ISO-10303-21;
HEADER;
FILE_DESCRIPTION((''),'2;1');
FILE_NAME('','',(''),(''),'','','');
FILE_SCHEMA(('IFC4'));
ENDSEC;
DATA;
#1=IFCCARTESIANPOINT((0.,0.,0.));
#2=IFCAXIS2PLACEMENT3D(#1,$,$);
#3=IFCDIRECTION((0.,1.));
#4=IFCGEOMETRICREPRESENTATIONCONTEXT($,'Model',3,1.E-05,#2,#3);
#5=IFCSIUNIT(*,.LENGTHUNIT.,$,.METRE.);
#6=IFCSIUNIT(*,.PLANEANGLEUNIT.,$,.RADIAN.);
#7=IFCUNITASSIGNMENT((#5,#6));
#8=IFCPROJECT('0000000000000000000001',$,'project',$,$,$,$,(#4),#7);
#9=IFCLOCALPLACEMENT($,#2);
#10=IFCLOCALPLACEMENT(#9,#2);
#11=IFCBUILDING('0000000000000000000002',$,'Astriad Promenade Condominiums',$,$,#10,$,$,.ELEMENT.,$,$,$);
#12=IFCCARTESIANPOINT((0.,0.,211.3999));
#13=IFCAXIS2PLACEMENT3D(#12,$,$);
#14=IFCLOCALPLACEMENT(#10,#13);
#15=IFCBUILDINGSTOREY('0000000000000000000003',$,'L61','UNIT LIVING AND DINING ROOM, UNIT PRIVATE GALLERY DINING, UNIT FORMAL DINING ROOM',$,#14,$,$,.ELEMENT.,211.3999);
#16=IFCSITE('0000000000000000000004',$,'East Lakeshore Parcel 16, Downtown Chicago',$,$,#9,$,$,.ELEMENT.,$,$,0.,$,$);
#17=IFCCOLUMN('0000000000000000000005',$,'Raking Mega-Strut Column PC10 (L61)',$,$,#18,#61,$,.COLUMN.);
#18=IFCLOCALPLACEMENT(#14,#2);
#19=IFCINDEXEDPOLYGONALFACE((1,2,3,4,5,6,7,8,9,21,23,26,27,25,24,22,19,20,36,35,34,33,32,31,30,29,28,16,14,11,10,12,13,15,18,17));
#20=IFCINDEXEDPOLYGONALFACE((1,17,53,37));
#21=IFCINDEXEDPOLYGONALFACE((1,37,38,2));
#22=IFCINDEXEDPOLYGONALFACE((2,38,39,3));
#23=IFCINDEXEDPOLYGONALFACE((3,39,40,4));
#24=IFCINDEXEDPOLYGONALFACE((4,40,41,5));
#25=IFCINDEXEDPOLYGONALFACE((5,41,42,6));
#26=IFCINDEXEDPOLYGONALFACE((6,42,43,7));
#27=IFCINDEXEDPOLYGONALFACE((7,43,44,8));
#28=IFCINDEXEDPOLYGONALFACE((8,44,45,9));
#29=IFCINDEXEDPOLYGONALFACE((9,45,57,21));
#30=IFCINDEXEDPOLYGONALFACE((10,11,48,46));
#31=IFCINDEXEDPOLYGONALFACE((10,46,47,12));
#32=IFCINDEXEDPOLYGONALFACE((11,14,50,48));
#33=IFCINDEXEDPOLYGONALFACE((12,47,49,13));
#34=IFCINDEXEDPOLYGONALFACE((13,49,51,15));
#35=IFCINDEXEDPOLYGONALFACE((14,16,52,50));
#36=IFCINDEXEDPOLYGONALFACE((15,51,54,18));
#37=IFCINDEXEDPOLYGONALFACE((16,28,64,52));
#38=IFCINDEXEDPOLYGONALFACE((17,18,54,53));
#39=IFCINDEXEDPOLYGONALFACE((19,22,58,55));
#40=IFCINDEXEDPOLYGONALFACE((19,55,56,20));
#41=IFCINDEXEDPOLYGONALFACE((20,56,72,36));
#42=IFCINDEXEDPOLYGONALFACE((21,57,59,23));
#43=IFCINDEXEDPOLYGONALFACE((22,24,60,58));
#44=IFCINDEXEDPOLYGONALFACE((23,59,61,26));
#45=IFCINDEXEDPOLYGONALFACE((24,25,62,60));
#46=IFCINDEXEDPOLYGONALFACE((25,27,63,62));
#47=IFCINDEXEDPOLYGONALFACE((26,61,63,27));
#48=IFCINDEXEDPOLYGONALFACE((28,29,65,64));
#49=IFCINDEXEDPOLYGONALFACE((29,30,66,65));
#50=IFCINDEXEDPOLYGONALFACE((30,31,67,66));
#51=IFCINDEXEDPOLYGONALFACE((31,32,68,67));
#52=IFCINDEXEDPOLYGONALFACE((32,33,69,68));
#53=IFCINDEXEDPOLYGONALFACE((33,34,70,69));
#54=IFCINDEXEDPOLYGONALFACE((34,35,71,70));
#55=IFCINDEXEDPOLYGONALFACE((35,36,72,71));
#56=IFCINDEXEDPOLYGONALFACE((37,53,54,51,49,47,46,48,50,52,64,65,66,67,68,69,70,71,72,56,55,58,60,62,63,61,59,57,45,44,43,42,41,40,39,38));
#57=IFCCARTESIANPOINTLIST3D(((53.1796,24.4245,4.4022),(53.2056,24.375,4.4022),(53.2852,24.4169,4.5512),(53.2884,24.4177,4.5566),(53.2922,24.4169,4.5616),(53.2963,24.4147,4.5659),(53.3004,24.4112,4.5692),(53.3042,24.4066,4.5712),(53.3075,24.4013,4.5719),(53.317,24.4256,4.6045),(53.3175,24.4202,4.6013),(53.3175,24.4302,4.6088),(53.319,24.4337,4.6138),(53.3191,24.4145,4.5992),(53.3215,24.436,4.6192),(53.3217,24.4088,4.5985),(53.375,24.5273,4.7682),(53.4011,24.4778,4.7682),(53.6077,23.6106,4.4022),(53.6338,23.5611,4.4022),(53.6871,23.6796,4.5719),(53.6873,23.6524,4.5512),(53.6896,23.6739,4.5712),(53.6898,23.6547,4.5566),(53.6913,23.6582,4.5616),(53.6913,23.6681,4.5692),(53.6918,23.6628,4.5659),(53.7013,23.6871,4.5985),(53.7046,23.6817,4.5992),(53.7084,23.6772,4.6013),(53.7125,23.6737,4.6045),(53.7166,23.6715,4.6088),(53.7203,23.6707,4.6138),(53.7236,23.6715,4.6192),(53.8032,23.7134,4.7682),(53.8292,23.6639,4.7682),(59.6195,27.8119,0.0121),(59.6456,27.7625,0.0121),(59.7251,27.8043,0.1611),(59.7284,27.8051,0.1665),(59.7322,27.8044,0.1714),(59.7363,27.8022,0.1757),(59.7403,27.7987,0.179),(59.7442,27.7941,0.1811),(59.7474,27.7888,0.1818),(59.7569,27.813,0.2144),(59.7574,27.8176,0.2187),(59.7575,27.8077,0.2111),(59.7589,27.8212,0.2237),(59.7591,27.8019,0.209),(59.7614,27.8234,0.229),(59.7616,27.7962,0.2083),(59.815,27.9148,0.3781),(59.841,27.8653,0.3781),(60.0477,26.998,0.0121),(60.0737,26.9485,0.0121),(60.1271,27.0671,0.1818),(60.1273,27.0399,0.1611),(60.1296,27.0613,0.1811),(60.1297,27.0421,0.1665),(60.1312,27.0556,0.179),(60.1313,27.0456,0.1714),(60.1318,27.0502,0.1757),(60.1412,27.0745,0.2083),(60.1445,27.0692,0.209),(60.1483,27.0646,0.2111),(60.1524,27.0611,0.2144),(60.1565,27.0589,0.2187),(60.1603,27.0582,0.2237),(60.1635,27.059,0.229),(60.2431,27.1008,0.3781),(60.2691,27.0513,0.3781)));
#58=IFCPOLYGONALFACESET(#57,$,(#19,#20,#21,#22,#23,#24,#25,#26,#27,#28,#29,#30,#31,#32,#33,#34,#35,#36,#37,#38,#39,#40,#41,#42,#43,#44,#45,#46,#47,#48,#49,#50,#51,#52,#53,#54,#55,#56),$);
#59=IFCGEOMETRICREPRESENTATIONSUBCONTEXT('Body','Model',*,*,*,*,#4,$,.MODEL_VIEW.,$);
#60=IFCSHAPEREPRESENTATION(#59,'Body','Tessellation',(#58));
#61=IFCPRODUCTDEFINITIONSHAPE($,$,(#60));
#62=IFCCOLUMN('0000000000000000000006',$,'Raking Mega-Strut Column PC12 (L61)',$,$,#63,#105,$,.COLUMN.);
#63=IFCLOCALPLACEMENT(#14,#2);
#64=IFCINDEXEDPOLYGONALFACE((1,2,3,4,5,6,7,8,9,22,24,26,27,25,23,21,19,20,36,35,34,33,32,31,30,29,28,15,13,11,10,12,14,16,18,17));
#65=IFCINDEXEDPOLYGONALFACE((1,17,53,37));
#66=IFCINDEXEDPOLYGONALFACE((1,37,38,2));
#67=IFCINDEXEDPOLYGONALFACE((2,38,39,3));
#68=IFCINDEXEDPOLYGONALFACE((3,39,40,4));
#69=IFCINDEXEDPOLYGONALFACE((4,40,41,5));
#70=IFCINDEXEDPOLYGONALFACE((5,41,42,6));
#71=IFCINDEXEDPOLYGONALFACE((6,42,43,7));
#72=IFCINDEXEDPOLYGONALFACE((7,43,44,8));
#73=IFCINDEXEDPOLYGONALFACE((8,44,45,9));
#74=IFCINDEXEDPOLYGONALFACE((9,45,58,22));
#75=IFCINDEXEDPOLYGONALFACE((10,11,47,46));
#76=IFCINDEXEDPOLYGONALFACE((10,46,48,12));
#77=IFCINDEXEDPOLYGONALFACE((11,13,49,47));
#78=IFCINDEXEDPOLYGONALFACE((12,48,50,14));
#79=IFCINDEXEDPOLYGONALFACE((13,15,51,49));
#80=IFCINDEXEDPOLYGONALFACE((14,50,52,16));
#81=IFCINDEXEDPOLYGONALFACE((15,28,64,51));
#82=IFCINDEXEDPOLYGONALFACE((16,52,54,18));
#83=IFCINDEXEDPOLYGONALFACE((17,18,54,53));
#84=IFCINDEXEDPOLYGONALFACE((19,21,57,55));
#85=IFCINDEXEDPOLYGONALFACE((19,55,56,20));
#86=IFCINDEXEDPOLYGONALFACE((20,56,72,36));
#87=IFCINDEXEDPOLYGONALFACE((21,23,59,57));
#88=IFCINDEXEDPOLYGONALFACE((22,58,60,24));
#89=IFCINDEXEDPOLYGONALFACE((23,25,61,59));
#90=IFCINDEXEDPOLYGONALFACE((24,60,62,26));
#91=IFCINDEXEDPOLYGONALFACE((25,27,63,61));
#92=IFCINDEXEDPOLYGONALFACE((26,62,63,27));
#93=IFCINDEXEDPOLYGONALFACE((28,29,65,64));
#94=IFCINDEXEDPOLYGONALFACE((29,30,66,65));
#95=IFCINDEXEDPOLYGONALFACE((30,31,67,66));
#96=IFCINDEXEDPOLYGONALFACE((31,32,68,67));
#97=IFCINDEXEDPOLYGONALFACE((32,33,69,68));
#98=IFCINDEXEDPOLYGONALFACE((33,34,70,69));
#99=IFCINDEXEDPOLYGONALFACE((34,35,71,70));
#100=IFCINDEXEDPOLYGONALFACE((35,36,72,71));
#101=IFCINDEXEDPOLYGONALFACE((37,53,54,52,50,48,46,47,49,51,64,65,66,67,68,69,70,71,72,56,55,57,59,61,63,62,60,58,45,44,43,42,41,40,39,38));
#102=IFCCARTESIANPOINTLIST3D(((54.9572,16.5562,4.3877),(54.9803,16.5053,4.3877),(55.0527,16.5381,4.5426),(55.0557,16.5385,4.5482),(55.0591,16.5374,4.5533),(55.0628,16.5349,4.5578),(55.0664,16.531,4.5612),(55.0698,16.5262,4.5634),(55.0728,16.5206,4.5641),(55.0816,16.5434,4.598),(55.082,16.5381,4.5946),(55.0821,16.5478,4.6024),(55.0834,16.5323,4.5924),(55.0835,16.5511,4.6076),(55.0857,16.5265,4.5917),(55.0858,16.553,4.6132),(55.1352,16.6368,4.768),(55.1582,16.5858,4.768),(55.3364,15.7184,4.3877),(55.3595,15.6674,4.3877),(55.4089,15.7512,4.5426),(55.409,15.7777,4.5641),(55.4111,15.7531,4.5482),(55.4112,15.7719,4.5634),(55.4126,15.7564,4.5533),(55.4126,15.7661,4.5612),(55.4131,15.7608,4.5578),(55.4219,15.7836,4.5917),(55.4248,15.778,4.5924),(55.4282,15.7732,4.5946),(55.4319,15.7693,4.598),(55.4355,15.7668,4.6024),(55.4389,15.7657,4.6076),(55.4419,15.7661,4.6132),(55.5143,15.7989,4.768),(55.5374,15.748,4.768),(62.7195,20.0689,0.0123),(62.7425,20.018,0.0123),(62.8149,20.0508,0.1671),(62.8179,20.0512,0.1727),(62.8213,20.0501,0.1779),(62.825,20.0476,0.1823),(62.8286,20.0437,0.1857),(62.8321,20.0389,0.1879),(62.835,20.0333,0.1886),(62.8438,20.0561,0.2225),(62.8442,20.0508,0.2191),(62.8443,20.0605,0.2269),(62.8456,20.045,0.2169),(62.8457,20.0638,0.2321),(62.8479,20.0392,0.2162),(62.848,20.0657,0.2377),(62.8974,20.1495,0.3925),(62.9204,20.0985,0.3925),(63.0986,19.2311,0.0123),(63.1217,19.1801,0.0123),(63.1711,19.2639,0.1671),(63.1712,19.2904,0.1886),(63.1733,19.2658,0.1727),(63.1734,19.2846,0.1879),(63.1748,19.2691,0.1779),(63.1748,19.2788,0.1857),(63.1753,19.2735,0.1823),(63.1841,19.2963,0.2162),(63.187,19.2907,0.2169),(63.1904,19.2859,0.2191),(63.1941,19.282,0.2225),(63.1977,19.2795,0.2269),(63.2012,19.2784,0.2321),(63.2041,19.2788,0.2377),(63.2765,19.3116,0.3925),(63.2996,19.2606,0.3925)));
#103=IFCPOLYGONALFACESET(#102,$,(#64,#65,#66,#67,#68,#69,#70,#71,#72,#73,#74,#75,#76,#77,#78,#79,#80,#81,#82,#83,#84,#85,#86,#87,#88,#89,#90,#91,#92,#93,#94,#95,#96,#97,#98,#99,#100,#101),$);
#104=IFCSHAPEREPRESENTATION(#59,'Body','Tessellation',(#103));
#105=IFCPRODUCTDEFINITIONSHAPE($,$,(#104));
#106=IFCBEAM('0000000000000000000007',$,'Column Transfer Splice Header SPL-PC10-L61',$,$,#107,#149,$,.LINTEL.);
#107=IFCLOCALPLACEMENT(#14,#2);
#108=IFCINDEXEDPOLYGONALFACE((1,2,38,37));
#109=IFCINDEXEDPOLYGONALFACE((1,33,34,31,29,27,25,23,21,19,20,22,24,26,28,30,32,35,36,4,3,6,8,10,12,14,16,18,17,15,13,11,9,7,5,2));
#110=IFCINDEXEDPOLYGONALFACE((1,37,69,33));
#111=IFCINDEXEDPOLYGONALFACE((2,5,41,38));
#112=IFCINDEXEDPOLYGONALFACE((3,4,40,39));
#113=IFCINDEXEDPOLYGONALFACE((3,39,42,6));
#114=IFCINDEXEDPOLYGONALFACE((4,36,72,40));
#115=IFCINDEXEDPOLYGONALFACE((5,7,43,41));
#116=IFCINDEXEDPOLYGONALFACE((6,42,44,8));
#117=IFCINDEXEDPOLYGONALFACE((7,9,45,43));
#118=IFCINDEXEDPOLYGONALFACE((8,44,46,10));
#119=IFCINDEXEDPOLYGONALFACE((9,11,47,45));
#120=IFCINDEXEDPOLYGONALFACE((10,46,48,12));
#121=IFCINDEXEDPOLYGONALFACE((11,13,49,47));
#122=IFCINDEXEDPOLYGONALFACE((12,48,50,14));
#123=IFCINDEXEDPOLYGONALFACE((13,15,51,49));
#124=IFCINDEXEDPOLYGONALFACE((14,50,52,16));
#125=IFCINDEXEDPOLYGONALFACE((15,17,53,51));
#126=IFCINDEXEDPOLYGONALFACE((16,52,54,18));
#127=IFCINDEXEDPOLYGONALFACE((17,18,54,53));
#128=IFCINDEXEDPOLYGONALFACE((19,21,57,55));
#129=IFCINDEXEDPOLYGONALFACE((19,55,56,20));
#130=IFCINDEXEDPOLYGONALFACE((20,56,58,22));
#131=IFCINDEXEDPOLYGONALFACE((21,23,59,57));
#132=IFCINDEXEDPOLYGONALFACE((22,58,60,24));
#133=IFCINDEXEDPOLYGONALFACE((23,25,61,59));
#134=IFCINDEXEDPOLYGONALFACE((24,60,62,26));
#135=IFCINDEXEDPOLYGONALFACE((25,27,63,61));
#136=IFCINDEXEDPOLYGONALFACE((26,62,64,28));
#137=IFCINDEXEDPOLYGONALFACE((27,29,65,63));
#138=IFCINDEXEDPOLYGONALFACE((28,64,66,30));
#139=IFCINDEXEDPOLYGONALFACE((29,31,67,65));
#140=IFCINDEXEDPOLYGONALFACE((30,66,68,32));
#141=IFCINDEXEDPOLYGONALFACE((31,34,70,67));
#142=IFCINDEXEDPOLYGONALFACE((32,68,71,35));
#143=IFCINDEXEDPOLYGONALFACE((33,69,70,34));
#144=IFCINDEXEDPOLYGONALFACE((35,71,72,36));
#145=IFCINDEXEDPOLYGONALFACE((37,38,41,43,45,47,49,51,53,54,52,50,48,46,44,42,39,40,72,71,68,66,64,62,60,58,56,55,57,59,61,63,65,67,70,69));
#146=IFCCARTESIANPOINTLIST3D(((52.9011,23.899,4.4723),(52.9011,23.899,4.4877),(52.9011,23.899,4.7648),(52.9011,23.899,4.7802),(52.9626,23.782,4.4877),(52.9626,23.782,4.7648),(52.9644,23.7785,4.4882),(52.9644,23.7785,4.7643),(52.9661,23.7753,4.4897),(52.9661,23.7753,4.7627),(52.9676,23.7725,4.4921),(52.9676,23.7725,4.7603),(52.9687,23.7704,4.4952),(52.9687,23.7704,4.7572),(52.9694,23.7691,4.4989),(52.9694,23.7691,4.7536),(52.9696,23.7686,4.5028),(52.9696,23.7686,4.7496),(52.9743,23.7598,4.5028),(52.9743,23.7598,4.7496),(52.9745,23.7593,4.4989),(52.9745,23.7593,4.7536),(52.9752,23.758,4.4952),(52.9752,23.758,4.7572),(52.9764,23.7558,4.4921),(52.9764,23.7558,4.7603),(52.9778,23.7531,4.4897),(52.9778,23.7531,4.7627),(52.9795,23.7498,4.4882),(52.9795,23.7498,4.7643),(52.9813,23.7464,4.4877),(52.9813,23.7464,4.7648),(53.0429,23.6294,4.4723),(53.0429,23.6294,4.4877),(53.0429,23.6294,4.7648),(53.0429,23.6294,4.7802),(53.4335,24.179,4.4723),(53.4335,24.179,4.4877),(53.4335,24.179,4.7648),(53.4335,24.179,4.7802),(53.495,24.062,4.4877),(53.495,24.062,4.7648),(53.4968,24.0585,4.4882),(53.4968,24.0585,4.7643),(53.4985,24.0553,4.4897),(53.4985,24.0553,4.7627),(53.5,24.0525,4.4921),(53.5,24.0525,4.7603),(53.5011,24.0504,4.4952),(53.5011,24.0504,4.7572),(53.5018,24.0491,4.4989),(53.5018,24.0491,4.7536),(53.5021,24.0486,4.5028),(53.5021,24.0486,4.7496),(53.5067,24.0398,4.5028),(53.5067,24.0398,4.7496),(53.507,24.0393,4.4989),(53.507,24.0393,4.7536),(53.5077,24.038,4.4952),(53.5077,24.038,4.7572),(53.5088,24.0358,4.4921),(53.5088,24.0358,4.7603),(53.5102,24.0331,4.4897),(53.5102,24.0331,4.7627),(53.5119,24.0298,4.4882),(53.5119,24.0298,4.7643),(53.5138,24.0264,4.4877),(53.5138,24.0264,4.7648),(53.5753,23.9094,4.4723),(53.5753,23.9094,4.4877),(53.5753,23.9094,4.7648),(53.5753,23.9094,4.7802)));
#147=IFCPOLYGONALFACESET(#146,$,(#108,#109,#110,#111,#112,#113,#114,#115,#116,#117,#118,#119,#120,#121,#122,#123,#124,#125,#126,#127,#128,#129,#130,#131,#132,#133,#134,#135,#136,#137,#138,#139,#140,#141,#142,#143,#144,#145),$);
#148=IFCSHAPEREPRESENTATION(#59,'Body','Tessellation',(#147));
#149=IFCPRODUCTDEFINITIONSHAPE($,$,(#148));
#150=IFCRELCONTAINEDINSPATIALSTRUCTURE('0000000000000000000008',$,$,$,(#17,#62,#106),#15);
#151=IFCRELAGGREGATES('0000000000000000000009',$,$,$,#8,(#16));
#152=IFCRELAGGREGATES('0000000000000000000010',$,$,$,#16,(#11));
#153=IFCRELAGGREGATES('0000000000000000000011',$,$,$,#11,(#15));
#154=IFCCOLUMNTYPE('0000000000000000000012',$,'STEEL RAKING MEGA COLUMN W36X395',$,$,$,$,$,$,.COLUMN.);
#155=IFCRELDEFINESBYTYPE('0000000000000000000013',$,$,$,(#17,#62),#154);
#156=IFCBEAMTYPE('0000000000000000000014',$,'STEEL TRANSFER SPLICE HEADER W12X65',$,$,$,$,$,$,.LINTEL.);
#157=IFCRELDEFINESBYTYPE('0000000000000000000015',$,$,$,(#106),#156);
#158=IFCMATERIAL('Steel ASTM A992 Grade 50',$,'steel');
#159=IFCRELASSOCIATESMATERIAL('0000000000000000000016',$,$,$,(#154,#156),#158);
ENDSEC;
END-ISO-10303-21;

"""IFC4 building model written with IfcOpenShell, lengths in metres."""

from ifc_helpers import new_model, si_unit, direction, frame, origin, origin_2d, place, context, subcontext, project, spatial, i_section, extrude, source, transform, mapped, material, material_profile, profile_set, type_object, type_shapes, element, save


model = new_model("IFC4")

# Units and contexts
model_context = context("Model", 3, precision=1e-05, world=origin(), true_north=direction((0.0, 1.0)))
body_context = subcontext(model_context, "Body", "Model", "MODEL_VIEW")
ifc_project = project(units=[si_unit("LENGTHUNIT", "METRE"), si_unit("PLANEANGLEUNIT", "RADIAN")], contexts=[model_context])

# Site, building, storey
site_placement = place(None, origin())
site = spatial("IfcSite", under=ifc_project, at=site_placement, Name="East Lakeshore Parcel 16, Downtown Chicago", CompositionType="ELEMENT", RefElevation=0.0)
building_placement = place(site_placement, origin())
building = spatial("IfcBuilding", under=site, at=building_placement, Name="Astriad Promenade Condominiums", CompositionType="ELEMENT")
storey_placement = place(building_placement, frame((0.0, 0.0, 211.3999)))
storey = spatial("IfcBuildingStorey", under=building, at=storey_placement, Name="L61", Description="UNIT LIVING AND DINING ROOM, UNIT PRIVATE GALLERY DINING, UNIT FORMAL DINING ROOM", CompositionType="ELEMENT", Elevation=211.3999)

# Columns
ifc_material_1 = material(Name="Steel ASTM A992 Grade 50", Category="steel")
ifc_material_profile_1 = material_profile(ifc_material_1, i_section(OverallWidth=0.4275, OverallDepth=0.9756, WebThickness=0.031, FlangeThickness=0.0559, FilletRadius=0.0242, at=origin_2d()), Name="W36X395")
ifc_profile_set_1 = profile_set([ifc_material_profile_1], Name="Steel ASTM A992 Grade 50")
column_type = type_object("IfcColumnType", Name="STEEL RAKING MEGA COLUMN W36X395", PredefinedType="COLUMN", material=ifc_profile_set_1)
shared_shape_1 = source(origin(), body_context, "Body", "SweptSolid", [
    extrude(i_section(OverallWidth=0.4275, OverallDepth=0.9756, WebThickness=0.031, FlangeThickness=0.0559, FilletRadius=0.0242, at=origin_2d()), origin(), (0.0, 0.0, 1.0), 8.4983),
])
column_1_placement = place(storey_placement, frame((59.9443, 27.4316, 0.1951), z_axis=(-0.757792, -0.398604, 0.51659), x_axis=(0.457199, 0.240489, 0.856233)))
element("IfcColumn", 1, at=column_1_placement, inside=storey, type_object=column_type, Name="Raking Mega-Strut Column PC10 (L61)", PredefinedType="COLUMN", context=body_context, shape_type="MappedRepresentation", body=[
    mapped(shared_shape_1, transform((0.0, 0.0, 0.0), scale=1.0)),
])
shared_shape_2 = source(origin(), body_context, "Body", "SweptSolid", [
    extrude(i_section(OverallWidth=0.4275, OverallDepth=0.9756, WebThickness=0.031, FlangeThickness=0.0559, FilletRadius=0.0242, at=origin_2d()), origin(), (0.0, 0.0, 1.0), 9.5779),
])
type_shapes(column_type, [shared_shape_1, shared_shape_2])
column_2_placement = place(storey_placement, frame((63.0095, 19.6648, 0.2024), z_axis=(-0.810431, -0.366751, 0.456833), x_axis=(0.416199, 0.188346, 0.889553)))
element("IfcColumn", 2, at=column_2_placement, inside=storey, type_object=column_type, Name="Raking Mega-Strut Column PC12 (L61)", PredefinedType="COLUMN", context=body_context, shape_type="MappedRepresentation", body=[
    mapped(shared_shape_2, transform((0.0, 0.0, 0.0), scale=1.0)),
])

# Beam
ifc_material_profile_2 = material_profile(ifc_material_1, i_section(OverallWidth=0.3047, OverallDepth=0.3079, WebThickness=0.01, FlangeThickness=0.0154, FilletRadius=0.0151, at=origin_2d()), Name="W12X65")
ifc_profile_set_2 = profile_set([ifc_material_profile_2], Name="Steel ASTM A992 Grade 50")
beam_type_1 = type_object("IfcBeamType", Name="STEEL TRANSFER SPLICE HEADER W12X65", PredefinedType="LINTEL", material=ifc_profile_set_2)
shared_shape_3 = source(origin(), body_context, "Body", "SweptSolid", [
    extrude(i_section(OverallWidth=0.3047, OverallDepth=0.3079, WebThickness=0.01, FlangeThickness=0.0154, FilletRadius=0.0151, at=origin_2d()), origin(), (0.0, 0.0, 1.0), 0.6016),
])
type_shapes(beam_type_1, [shared_shape_3])
beam_1_placement = place(storey_placement, frame((53.5044, 24.0442, 4.6262), z_axis=(-0.885068, -0.465462, 0.0), x_axis=(0.465462, -0.885068, 0.0)))
element("IfcBeam", 3, at=beam_1_placement, inside=storey, type_object=beam_type_1, Name="Column Transfer Splice Header SPL-PC10-L61", PredefinedType="LINTEL", context=body_context, shape_type="MappedRepresentation", body=[
    mapped(shared_shape_3, transform((0.0, 0.0, 0.0), scale=1.0)),
])

save(model, "model.ifc")
